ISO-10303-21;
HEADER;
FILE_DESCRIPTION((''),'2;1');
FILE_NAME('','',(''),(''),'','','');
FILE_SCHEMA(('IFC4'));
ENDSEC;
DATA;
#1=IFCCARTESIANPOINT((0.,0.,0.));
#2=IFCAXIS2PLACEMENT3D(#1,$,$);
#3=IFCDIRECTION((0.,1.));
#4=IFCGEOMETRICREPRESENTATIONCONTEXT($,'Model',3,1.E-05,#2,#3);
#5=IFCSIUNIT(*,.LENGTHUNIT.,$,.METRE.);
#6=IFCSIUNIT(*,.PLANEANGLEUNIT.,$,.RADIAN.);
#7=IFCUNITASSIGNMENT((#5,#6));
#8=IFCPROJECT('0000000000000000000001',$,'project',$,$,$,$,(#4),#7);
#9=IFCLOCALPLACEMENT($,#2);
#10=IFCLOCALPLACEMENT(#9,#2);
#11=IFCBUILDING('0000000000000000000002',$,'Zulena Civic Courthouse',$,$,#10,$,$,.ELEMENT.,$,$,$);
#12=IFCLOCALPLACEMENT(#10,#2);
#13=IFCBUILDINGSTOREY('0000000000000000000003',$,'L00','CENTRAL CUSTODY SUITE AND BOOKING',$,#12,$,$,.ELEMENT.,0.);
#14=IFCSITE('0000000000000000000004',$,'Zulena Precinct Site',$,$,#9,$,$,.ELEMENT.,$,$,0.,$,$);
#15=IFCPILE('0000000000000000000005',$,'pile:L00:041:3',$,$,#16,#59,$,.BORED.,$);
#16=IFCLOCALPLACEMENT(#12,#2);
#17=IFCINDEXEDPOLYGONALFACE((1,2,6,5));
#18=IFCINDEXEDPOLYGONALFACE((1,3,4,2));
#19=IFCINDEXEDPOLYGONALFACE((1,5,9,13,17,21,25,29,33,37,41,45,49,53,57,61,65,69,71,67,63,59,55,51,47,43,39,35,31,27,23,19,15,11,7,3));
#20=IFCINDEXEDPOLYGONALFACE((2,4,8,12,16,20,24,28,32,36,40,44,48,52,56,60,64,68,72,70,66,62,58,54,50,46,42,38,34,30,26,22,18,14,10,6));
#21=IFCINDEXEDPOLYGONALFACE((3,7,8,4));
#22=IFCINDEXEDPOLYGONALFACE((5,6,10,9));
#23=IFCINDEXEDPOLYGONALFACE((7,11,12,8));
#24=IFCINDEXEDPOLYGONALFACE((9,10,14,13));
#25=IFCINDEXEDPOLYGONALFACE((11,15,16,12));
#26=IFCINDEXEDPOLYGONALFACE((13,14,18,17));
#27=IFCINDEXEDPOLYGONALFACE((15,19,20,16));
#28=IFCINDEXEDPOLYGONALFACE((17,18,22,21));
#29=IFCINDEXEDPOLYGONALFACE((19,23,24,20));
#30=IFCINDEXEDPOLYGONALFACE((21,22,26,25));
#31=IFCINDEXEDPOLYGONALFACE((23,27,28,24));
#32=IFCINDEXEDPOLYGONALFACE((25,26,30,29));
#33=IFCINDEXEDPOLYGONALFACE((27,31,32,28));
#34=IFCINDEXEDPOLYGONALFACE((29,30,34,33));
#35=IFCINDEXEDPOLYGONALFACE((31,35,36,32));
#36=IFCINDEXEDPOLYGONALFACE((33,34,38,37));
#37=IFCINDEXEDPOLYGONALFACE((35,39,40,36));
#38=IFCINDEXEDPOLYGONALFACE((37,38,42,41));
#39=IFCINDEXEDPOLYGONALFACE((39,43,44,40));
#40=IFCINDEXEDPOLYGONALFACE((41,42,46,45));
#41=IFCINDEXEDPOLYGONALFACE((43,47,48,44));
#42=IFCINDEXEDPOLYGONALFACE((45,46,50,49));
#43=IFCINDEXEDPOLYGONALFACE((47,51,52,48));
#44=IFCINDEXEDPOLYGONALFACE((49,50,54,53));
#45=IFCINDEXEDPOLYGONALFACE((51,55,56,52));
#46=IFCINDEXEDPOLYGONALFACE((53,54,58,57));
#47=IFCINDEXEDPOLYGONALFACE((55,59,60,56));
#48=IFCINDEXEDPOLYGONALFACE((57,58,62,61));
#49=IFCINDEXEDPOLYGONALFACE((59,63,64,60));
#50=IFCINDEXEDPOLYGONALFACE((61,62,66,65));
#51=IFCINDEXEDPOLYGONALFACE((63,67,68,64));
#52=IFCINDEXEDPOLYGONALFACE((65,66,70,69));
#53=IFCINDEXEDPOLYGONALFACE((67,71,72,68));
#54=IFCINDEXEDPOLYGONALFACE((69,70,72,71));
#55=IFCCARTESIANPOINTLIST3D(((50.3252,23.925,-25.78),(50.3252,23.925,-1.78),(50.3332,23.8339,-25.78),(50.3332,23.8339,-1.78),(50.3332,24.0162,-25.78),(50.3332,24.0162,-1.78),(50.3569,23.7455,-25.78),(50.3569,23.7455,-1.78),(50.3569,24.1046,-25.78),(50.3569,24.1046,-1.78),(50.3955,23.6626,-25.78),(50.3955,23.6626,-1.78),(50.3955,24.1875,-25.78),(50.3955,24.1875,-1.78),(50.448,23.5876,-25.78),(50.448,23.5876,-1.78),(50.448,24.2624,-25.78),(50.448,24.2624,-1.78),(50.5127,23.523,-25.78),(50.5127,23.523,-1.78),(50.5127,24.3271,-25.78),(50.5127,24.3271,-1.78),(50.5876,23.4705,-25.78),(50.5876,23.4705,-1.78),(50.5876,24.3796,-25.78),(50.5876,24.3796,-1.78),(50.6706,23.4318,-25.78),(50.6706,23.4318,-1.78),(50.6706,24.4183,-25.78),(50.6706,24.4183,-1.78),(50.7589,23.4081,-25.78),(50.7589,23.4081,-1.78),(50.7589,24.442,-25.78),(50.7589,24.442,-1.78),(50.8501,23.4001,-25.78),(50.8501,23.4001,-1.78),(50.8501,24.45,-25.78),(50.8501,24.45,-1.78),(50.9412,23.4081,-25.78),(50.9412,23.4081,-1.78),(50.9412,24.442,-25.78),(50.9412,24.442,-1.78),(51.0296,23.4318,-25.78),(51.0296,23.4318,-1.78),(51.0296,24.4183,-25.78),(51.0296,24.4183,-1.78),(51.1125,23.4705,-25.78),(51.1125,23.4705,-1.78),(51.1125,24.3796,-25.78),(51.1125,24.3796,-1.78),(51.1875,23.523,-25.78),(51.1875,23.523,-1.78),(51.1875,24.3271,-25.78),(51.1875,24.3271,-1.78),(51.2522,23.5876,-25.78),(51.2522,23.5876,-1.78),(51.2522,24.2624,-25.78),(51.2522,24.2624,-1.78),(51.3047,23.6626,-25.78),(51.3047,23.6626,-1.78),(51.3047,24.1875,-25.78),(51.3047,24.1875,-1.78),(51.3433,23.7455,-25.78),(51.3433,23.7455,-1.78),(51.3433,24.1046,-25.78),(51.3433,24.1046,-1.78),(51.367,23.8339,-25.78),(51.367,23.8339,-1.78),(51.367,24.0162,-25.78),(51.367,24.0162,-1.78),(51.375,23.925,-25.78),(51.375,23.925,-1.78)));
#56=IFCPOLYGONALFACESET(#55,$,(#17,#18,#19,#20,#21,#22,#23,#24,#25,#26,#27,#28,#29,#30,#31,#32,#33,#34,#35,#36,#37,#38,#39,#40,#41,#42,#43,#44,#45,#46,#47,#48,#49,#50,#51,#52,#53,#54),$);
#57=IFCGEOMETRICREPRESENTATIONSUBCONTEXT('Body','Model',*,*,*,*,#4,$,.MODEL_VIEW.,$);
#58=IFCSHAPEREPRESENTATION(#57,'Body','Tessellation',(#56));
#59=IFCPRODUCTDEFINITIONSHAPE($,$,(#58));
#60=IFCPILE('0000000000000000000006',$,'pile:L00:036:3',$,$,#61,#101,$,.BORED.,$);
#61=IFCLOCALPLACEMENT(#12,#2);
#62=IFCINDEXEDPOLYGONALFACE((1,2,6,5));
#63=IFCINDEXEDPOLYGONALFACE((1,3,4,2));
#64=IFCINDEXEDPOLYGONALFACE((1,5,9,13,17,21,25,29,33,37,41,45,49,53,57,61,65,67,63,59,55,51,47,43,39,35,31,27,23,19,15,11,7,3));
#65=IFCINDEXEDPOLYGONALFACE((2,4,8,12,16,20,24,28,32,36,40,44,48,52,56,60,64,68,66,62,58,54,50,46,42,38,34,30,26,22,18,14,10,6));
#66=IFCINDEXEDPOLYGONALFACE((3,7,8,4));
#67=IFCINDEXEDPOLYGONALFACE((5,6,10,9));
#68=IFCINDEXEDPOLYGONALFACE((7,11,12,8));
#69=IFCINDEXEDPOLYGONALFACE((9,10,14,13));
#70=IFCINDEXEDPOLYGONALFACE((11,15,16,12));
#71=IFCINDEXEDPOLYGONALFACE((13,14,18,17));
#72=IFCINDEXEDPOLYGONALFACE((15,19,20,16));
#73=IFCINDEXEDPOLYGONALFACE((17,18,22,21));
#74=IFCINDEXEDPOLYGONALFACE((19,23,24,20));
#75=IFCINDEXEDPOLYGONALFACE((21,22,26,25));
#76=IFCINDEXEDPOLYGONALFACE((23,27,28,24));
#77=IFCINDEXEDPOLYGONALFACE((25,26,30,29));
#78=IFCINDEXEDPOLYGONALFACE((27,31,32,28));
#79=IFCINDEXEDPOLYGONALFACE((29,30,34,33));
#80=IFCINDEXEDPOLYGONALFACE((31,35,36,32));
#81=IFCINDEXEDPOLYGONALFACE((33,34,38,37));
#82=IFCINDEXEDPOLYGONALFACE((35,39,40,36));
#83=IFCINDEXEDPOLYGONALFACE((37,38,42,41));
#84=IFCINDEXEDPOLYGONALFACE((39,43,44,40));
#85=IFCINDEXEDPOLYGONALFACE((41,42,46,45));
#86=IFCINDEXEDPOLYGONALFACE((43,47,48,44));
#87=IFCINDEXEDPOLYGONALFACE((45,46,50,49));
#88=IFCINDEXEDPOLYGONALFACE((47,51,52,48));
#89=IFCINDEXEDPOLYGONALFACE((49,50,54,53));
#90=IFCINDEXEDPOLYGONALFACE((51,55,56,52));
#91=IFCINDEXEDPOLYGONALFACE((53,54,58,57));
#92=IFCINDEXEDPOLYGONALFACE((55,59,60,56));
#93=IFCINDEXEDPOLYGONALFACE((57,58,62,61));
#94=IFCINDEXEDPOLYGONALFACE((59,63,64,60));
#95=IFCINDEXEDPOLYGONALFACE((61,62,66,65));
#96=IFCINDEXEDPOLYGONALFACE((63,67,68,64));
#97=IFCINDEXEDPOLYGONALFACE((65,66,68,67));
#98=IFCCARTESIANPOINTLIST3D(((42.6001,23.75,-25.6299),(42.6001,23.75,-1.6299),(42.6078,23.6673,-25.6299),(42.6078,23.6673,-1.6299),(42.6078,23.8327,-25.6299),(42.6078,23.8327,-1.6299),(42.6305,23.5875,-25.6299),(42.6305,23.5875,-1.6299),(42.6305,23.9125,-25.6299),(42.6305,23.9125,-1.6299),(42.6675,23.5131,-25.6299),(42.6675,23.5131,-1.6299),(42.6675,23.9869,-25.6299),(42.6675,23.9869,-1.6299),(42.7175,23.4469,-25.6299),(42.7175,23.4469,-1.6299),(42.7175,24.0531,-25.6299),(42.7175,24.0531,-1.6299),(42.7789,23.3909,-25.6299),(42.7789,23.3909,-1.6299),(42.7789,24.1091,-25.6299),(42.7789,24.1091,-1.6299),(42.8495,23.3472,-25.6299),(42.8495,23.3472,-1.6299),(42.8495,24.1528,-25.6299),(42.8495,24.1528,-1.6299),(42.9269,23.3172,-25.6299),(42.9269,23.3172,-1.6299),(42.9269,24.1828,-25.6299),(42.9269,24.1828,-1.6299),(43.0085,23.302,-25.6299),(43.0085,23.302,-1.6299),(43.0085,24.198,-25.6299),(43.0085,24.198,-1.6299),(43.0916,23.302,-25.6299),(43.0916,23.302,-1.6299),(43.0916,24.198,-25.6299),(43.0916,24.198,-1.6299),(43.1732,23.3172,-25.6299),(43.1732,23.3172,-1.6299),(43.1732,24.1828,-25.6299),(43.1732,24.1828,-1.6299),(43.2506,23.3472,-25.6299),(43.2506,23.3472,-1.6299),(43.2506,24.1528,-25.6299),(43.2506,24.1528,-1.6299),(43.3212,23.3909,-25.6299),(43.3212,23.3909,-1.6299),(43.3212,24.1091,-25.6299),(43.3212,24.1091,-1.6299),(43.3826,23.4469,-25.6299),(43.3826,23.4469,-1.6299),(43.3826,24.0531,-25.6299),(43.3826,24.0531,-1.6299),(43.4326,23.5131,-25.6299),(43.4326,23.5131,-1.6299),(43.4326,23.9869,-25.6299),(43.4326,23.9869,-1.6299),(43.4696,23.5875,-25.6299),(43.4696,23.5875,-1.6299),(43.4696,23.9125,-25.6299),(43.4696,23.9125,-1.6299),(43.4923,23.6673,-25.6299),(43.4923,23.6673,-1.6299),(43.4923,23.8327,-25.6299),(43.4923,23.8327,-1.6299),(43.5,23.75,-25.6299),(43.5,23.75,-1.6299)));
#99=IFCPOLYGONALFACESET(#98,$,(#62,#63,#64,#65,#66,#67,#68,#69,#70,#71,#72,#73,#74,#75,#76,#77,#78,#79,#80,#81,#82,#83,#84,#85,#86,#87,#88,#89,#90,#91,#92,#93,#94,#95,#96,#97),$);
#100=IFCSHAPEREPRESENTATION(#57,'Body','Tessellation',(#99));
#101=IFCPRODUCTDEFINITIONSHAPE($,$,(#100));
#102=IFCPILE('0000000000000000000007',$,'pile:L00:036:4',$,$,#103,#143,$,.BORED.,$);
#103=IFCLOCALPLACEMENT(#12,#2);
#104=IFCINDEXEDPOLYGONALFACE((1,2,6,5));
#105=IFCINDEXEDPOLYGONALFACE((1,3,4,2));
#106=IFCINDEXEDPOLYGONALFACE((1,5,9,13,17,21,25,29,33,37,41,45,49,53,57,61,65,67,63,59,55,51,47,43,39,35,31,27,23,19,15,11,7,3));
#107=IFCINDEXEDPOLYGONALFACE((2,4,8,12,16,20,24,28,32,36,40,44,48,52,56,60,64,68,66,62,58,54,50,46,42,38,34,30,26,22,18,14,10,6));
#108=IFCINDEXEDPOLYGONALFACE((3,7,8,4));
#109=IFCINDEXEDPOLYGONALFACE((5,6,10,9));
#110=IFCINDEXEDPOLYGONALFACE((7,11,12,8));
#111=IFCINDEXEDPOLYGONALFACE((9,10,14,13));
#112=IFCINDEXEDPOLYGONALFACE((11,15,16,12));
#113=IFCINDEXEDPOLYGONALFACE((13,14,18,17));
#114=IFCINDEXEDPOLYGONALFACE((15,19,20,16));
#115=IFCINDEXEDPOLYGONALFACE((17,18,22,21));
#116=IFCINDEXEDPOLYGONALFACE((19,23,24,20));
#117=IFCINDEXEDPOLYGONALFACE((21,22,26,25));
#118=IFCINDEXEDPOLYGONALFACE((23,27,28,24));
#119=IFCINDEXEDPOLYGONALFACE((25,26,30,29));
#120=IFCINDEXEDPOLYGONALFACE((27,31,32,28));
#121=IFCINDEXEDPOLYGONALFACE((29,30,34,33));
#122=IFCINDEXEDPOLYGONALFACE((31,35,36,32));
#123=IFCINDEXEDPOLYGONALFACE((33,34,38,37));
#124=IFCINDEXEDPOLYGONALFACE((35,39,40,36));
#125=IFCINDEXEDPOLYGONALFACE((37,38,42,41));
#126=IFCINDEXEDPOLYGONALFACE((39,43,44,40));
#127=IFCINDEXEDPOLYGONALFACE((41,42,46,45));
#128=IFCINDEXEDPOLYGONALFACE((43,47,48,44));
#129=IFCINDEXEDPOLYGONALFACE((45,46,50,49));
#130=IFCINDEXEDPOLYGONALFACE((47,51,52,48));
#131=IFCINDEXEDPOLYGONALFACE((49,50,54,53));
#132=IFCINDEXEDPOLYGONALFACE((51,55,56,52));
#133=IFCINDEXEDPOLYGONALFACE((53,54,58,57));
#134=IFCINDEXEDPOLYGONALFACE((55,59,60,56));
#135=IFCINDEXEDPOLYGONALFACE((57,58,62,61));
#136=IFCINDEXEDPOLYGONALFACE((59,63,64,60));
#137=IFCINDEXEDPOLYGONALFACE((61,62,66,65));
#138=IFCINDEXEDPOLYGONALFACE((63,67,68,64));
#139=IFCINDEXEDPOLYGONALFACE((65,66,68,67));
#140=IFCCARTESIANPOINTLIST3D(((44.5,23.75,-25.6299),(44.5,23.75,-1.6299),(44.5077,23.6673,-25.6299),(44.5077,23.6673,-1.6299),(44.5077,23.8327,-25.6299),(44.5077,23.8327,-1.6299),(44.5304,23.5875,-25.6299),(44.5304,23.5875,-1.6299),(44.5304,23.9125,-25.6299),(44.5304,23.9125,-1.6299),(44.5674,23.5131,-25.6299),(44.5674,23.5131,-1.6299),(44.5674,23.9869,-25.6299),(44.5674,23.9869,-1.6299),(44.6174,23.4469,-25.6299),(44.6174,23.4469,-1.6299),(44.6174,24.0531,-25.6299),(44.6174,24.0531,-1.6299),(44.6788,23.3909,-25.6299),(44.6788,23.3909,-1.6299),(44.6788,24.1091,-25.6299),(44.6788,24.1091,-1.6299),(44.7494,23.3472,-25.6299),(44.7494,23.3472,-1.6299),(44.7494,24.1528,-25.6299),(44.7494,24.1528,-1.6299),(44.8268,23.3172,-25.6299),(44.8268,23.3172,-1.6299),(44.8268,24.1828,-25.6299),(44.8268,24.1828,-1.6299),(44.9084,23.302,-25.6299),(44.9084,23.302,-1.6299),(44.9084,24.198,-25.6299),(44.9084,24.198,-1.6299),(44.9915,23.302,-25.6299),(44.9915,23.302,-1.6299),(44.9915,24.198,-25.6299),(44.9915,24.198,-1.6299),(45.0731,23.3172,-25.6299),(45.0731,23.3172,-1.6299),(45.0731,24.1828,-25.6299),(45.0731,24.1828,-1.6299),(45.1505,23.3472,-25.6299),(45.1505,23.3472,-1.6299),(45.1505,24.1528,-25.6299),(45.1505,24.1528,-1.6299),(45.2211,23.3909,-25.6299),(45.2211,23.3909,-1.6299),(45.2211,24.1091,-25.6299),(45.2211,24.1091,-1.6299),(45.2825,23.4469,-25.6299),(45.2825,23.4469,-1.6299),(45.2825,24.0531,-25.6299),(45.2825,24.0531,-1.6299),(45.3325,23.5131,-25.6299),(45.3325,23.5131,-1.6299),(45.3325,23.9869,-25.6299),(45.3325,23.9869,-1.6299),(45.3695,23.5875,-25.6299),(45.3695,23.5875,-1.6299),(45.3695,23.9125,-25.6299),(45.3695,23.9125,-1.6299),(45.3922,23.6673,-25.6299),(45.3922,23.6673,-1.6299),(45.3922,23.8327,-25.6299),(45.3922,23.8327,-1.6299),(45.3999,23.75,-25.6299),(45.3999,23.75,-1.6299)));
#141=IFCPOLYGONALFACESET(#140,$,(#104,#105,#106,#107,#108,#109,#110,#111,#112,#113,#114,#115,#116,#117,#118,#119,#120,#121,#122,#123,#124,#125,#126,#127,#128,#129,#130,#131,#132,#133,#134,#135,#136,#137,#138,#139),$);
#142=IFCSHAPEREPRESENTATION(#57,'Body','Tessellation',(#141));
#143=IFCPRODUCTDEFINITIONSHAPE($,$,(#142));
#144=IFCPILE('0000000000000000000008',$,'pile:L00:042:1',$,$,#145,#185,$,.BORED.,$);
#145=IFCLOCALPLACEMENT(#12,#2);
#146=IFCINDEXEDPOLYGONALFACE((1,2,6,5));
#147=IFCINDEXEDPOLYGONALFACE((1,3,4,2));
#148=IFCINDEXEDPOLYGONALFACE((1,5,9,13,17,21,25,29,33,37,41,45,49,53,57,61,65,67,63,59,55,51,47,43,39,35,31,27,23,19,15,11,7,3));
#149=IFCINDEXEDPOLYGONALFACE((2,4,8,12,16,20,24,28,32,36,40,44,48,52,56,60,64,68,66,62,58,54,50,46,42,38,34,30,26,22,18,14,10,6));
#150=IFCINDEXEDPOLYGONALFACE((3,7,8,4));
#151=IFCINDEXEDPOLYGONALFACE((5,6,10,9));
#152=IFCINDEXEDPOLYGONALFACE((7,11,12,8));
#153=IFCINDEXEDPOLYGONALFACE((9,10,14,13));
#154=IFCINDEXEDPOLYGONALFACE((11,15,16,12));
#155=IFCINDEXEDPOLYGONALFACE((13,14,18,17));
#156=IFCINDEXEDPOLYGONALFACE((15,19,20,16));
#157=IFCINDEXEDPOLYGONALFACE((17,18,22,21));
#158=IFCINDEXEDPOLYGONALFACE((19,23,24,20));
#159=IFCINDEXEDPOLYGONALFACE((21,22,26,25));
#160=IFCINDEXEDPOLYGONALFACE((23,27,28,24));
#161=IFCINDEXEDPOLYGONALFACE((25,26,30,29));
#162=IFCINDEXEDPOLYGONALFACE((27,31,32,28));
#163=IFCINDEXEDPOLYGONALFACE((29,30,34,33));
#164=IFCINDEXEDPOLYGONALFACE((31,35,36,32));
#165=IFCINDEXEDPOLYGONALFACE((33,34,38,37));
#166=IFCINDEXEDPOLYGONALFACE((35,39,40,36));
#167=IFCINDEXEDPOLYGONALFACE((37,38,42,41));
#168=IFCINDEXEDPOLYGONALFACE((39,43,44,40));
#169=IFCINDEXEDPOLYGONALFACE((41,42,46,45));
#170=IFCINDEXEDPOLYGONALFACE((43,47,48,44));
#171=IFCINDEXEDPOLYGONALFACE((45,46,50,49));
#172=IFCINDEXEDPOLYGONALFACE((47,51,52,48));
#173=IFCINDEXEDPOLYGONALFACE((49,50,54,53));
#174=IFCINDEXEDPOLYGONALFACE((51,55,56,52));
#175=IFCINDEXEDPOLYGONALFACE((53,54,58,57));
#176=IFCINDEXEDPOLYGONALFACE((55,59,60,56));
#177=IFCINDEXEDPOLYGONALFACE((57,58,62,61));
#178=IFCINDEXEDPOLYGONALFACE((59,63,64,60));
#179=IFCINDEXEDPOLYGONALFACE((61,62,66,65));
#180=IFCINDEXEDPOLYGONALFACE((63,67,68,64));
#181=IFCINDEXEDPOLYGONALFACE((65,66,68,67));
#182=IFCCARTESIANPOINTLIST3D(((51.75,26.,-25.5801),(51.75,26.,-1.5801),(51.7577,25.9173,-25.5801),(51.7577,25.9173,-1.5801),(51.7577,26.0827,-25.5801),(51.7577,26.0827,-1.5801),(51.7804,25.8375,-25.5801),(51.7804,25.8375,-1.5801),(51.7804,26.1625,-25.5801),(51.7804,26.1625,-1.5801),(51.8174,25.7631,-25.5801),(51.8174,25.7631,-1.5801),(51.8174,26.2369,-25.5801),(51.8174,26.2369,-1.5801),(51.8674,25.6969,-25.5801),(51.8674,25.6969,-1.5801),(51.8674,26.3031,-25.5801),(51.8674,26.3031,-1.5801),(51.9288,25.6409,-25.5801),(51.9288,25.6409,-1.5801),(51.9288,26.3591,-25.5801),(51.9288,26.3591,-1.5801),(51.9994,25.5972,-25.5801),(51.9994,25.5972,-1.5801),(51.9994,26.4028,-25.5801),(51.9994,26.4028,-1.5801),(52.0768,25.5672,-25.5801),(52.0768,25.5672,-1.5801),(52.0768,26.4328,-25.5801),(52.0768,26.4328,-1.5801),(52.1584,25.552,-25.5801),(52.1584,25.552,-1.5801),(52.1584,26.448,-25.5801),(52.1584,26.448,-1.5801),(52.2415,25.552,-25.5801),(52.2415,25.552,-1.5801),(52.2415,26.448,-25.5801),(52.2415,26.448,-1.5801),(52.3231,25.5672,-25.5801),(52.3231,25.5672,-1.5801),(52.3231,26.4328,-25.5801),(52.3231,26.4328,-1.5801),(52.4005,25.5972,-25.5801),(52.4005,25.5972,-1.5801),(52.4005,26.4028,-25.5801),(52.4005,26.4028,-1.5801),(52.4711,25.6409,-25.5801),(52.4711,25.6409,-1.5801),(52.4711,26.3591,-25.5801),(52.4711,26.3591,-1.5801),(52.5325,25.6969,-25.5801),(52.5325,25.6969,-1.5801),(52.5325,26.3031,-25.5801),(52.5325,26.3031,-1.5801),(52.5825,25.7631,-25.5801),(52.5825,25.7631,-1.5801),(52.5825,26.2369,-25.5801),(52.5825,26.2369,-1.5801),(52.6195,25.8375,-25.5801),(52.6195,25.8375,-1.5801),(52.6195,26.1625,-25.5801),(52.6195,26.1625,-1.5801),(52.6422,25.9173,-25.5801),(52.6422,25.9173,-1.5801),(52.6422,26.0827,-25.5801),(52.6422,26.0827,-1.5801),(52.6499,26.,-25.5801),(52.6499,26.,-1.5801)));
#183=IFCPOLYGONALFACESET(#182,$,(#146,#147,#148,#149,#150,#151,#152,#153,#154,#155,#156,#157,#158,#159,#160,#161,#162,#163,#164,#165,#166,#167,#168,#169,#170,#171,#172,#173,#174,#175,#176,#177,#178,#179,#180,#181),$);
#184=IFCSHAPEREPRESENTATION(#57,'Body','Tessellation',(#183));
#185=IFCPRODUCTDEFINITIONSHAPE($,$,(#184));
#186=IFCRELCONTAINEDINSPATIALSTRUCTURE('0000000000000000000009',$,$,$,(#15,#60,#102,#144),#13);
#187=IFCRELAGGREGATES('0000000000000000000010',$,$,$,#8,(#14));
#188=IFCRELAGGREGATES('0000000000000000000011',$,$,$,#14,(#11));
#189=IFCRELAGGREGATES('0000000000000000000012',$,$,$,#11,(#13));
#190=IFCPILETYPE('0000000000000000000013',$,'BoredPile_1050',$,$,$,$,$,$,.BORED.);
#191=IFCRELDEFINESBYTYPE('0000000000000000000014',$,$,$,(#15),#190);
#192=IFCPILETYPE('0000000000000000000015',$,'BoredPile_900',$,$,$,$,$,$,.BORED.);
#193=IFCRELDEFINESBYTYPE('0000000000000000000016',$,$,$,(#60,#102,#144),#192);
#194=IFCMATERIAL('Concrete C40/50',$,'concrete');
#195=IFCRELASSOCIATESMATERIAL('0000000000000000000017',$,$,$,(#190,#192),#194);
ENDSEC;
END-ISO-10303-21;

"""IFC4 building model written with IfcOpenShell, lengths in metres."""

from ifc_helpers import new_model, si_unit, direction, frame, origin, origin_2d, place, context, subcontext, project, spatial, circle, extrude, material, material_profile, profile_set, type_object, element, save


model = new_model("IFC4")

# Units and contexts
model_context = context("Model", 3, precision=1e-05, world=origin(), true_north=direction((0.0, 1.0)))
body_context = subcontext(model_context, "Body", "Model", "MODEL_VIEW")
ifc_project = project(units=[si_unit("LENGTHUNIT", "METRE"), si_unit("PLANEANGLEUNIT", "RADIAN")], contexts=[model_context])

# Site, building, storey
site_placement = place(None, origin())
site = spatial("IfcSite", under=ifc_project, at=site_placement, Name="Zulena Precinct Site", CompositionType="ELEMENT", RefElevation=0.0)
building_placement = place(site_placement, origin())
building = spatial("IfcBuilding", under=site, at=building_placement, Name="Zulena Civic Courthouse", CompositionType="ELEMENT")
storey_placement = place(building_placement, origin())
storey = spatial("IfcBuildingStorey", under=building, at=storey_placement, Name="L00", Description="CENTRAL CUSTODY SUITE AND BOOKING", CompositionType="ELEMENT", Elevation=0.0)

# Piles
ifc_material_1 = material(Name="Concrete C40/50", Category="concrete")
ifc_material_profile_1 = material_profile(ifc_material_1, circle(Radius=0.5249, at=origin_2d()), Name="PILE1050")
ifc_profile_set_1 = profile_set([ifc_material_profile_1], Name="Concrete C40/50")
pile_type_1 = type_object("IfcPileType", Name="BoredPile_1050", PredefinedType="BORED", material=ifc_profile_set_1)
pile_placement = place(storey_placement, frame((50.8501, 23.925, -1.78), z_axis=(0.0, 0.0, -1.0), x_axis=(1.0, 0.0, 0.0)))
element("IfcPile", 1, at=pile_placement, inside=storey, type_object=pile_type_1, Name="pile:L00:041:3", PredefinedType="BORED", context=body_context, shape_type="SweptSolid", body=[
    extrude(circle(Radius=0.5249, at=origin_2d()), origin(), (0.0, 0.0, 1.0), 24.0),
])
ifc_material_profile_2 = material_profile(ifc_material_1, circle(Radius=0.45, at=origin_2d()), Name="PILE900")
ifc_profile_set_2 = profile_set([ifc_material_profile_2], Name="Concrete C40/50")
pile_type_2 = type_object("IfcPileType", Name="BoredPile_900", PredefinedType="BORED", material=ifc_profile_set_2)
for number, where, z_axis, x_axis, name in (
    (2, (43.05, 23.75, -1.6299), (0.0, 0.0, -1.0), (1.0, 0.0, 0.0), "pile:L00:036:3"),
    (3, (44.95, 23.75, -1.6299), (0.0, 0.0, -1.0), (1.0, 0.0, 0.0), "pile:L00:036:4"),
    (4, (52.2, 26.0, -1.5801), (0.0, 0.0, -1.0), (1.0, 0.0, 0.0), "pile:L00:042:1"),
):
    element("IfcPile", number, at=place(storey_placement, frame(where, z_axis=z_axis, x_axis=x_axis)), inside=storey, type_object=pile_type_2, Name=name, PredefinedType="BORED", context=body_context, shape_type="SweptSolid", body=[
        extrude(circle(Radius=0.45, at=origin_2d()), origin(), (0.0, 0.0, 1.0), 24.0),
    ])

save(model, "model.ifc")
